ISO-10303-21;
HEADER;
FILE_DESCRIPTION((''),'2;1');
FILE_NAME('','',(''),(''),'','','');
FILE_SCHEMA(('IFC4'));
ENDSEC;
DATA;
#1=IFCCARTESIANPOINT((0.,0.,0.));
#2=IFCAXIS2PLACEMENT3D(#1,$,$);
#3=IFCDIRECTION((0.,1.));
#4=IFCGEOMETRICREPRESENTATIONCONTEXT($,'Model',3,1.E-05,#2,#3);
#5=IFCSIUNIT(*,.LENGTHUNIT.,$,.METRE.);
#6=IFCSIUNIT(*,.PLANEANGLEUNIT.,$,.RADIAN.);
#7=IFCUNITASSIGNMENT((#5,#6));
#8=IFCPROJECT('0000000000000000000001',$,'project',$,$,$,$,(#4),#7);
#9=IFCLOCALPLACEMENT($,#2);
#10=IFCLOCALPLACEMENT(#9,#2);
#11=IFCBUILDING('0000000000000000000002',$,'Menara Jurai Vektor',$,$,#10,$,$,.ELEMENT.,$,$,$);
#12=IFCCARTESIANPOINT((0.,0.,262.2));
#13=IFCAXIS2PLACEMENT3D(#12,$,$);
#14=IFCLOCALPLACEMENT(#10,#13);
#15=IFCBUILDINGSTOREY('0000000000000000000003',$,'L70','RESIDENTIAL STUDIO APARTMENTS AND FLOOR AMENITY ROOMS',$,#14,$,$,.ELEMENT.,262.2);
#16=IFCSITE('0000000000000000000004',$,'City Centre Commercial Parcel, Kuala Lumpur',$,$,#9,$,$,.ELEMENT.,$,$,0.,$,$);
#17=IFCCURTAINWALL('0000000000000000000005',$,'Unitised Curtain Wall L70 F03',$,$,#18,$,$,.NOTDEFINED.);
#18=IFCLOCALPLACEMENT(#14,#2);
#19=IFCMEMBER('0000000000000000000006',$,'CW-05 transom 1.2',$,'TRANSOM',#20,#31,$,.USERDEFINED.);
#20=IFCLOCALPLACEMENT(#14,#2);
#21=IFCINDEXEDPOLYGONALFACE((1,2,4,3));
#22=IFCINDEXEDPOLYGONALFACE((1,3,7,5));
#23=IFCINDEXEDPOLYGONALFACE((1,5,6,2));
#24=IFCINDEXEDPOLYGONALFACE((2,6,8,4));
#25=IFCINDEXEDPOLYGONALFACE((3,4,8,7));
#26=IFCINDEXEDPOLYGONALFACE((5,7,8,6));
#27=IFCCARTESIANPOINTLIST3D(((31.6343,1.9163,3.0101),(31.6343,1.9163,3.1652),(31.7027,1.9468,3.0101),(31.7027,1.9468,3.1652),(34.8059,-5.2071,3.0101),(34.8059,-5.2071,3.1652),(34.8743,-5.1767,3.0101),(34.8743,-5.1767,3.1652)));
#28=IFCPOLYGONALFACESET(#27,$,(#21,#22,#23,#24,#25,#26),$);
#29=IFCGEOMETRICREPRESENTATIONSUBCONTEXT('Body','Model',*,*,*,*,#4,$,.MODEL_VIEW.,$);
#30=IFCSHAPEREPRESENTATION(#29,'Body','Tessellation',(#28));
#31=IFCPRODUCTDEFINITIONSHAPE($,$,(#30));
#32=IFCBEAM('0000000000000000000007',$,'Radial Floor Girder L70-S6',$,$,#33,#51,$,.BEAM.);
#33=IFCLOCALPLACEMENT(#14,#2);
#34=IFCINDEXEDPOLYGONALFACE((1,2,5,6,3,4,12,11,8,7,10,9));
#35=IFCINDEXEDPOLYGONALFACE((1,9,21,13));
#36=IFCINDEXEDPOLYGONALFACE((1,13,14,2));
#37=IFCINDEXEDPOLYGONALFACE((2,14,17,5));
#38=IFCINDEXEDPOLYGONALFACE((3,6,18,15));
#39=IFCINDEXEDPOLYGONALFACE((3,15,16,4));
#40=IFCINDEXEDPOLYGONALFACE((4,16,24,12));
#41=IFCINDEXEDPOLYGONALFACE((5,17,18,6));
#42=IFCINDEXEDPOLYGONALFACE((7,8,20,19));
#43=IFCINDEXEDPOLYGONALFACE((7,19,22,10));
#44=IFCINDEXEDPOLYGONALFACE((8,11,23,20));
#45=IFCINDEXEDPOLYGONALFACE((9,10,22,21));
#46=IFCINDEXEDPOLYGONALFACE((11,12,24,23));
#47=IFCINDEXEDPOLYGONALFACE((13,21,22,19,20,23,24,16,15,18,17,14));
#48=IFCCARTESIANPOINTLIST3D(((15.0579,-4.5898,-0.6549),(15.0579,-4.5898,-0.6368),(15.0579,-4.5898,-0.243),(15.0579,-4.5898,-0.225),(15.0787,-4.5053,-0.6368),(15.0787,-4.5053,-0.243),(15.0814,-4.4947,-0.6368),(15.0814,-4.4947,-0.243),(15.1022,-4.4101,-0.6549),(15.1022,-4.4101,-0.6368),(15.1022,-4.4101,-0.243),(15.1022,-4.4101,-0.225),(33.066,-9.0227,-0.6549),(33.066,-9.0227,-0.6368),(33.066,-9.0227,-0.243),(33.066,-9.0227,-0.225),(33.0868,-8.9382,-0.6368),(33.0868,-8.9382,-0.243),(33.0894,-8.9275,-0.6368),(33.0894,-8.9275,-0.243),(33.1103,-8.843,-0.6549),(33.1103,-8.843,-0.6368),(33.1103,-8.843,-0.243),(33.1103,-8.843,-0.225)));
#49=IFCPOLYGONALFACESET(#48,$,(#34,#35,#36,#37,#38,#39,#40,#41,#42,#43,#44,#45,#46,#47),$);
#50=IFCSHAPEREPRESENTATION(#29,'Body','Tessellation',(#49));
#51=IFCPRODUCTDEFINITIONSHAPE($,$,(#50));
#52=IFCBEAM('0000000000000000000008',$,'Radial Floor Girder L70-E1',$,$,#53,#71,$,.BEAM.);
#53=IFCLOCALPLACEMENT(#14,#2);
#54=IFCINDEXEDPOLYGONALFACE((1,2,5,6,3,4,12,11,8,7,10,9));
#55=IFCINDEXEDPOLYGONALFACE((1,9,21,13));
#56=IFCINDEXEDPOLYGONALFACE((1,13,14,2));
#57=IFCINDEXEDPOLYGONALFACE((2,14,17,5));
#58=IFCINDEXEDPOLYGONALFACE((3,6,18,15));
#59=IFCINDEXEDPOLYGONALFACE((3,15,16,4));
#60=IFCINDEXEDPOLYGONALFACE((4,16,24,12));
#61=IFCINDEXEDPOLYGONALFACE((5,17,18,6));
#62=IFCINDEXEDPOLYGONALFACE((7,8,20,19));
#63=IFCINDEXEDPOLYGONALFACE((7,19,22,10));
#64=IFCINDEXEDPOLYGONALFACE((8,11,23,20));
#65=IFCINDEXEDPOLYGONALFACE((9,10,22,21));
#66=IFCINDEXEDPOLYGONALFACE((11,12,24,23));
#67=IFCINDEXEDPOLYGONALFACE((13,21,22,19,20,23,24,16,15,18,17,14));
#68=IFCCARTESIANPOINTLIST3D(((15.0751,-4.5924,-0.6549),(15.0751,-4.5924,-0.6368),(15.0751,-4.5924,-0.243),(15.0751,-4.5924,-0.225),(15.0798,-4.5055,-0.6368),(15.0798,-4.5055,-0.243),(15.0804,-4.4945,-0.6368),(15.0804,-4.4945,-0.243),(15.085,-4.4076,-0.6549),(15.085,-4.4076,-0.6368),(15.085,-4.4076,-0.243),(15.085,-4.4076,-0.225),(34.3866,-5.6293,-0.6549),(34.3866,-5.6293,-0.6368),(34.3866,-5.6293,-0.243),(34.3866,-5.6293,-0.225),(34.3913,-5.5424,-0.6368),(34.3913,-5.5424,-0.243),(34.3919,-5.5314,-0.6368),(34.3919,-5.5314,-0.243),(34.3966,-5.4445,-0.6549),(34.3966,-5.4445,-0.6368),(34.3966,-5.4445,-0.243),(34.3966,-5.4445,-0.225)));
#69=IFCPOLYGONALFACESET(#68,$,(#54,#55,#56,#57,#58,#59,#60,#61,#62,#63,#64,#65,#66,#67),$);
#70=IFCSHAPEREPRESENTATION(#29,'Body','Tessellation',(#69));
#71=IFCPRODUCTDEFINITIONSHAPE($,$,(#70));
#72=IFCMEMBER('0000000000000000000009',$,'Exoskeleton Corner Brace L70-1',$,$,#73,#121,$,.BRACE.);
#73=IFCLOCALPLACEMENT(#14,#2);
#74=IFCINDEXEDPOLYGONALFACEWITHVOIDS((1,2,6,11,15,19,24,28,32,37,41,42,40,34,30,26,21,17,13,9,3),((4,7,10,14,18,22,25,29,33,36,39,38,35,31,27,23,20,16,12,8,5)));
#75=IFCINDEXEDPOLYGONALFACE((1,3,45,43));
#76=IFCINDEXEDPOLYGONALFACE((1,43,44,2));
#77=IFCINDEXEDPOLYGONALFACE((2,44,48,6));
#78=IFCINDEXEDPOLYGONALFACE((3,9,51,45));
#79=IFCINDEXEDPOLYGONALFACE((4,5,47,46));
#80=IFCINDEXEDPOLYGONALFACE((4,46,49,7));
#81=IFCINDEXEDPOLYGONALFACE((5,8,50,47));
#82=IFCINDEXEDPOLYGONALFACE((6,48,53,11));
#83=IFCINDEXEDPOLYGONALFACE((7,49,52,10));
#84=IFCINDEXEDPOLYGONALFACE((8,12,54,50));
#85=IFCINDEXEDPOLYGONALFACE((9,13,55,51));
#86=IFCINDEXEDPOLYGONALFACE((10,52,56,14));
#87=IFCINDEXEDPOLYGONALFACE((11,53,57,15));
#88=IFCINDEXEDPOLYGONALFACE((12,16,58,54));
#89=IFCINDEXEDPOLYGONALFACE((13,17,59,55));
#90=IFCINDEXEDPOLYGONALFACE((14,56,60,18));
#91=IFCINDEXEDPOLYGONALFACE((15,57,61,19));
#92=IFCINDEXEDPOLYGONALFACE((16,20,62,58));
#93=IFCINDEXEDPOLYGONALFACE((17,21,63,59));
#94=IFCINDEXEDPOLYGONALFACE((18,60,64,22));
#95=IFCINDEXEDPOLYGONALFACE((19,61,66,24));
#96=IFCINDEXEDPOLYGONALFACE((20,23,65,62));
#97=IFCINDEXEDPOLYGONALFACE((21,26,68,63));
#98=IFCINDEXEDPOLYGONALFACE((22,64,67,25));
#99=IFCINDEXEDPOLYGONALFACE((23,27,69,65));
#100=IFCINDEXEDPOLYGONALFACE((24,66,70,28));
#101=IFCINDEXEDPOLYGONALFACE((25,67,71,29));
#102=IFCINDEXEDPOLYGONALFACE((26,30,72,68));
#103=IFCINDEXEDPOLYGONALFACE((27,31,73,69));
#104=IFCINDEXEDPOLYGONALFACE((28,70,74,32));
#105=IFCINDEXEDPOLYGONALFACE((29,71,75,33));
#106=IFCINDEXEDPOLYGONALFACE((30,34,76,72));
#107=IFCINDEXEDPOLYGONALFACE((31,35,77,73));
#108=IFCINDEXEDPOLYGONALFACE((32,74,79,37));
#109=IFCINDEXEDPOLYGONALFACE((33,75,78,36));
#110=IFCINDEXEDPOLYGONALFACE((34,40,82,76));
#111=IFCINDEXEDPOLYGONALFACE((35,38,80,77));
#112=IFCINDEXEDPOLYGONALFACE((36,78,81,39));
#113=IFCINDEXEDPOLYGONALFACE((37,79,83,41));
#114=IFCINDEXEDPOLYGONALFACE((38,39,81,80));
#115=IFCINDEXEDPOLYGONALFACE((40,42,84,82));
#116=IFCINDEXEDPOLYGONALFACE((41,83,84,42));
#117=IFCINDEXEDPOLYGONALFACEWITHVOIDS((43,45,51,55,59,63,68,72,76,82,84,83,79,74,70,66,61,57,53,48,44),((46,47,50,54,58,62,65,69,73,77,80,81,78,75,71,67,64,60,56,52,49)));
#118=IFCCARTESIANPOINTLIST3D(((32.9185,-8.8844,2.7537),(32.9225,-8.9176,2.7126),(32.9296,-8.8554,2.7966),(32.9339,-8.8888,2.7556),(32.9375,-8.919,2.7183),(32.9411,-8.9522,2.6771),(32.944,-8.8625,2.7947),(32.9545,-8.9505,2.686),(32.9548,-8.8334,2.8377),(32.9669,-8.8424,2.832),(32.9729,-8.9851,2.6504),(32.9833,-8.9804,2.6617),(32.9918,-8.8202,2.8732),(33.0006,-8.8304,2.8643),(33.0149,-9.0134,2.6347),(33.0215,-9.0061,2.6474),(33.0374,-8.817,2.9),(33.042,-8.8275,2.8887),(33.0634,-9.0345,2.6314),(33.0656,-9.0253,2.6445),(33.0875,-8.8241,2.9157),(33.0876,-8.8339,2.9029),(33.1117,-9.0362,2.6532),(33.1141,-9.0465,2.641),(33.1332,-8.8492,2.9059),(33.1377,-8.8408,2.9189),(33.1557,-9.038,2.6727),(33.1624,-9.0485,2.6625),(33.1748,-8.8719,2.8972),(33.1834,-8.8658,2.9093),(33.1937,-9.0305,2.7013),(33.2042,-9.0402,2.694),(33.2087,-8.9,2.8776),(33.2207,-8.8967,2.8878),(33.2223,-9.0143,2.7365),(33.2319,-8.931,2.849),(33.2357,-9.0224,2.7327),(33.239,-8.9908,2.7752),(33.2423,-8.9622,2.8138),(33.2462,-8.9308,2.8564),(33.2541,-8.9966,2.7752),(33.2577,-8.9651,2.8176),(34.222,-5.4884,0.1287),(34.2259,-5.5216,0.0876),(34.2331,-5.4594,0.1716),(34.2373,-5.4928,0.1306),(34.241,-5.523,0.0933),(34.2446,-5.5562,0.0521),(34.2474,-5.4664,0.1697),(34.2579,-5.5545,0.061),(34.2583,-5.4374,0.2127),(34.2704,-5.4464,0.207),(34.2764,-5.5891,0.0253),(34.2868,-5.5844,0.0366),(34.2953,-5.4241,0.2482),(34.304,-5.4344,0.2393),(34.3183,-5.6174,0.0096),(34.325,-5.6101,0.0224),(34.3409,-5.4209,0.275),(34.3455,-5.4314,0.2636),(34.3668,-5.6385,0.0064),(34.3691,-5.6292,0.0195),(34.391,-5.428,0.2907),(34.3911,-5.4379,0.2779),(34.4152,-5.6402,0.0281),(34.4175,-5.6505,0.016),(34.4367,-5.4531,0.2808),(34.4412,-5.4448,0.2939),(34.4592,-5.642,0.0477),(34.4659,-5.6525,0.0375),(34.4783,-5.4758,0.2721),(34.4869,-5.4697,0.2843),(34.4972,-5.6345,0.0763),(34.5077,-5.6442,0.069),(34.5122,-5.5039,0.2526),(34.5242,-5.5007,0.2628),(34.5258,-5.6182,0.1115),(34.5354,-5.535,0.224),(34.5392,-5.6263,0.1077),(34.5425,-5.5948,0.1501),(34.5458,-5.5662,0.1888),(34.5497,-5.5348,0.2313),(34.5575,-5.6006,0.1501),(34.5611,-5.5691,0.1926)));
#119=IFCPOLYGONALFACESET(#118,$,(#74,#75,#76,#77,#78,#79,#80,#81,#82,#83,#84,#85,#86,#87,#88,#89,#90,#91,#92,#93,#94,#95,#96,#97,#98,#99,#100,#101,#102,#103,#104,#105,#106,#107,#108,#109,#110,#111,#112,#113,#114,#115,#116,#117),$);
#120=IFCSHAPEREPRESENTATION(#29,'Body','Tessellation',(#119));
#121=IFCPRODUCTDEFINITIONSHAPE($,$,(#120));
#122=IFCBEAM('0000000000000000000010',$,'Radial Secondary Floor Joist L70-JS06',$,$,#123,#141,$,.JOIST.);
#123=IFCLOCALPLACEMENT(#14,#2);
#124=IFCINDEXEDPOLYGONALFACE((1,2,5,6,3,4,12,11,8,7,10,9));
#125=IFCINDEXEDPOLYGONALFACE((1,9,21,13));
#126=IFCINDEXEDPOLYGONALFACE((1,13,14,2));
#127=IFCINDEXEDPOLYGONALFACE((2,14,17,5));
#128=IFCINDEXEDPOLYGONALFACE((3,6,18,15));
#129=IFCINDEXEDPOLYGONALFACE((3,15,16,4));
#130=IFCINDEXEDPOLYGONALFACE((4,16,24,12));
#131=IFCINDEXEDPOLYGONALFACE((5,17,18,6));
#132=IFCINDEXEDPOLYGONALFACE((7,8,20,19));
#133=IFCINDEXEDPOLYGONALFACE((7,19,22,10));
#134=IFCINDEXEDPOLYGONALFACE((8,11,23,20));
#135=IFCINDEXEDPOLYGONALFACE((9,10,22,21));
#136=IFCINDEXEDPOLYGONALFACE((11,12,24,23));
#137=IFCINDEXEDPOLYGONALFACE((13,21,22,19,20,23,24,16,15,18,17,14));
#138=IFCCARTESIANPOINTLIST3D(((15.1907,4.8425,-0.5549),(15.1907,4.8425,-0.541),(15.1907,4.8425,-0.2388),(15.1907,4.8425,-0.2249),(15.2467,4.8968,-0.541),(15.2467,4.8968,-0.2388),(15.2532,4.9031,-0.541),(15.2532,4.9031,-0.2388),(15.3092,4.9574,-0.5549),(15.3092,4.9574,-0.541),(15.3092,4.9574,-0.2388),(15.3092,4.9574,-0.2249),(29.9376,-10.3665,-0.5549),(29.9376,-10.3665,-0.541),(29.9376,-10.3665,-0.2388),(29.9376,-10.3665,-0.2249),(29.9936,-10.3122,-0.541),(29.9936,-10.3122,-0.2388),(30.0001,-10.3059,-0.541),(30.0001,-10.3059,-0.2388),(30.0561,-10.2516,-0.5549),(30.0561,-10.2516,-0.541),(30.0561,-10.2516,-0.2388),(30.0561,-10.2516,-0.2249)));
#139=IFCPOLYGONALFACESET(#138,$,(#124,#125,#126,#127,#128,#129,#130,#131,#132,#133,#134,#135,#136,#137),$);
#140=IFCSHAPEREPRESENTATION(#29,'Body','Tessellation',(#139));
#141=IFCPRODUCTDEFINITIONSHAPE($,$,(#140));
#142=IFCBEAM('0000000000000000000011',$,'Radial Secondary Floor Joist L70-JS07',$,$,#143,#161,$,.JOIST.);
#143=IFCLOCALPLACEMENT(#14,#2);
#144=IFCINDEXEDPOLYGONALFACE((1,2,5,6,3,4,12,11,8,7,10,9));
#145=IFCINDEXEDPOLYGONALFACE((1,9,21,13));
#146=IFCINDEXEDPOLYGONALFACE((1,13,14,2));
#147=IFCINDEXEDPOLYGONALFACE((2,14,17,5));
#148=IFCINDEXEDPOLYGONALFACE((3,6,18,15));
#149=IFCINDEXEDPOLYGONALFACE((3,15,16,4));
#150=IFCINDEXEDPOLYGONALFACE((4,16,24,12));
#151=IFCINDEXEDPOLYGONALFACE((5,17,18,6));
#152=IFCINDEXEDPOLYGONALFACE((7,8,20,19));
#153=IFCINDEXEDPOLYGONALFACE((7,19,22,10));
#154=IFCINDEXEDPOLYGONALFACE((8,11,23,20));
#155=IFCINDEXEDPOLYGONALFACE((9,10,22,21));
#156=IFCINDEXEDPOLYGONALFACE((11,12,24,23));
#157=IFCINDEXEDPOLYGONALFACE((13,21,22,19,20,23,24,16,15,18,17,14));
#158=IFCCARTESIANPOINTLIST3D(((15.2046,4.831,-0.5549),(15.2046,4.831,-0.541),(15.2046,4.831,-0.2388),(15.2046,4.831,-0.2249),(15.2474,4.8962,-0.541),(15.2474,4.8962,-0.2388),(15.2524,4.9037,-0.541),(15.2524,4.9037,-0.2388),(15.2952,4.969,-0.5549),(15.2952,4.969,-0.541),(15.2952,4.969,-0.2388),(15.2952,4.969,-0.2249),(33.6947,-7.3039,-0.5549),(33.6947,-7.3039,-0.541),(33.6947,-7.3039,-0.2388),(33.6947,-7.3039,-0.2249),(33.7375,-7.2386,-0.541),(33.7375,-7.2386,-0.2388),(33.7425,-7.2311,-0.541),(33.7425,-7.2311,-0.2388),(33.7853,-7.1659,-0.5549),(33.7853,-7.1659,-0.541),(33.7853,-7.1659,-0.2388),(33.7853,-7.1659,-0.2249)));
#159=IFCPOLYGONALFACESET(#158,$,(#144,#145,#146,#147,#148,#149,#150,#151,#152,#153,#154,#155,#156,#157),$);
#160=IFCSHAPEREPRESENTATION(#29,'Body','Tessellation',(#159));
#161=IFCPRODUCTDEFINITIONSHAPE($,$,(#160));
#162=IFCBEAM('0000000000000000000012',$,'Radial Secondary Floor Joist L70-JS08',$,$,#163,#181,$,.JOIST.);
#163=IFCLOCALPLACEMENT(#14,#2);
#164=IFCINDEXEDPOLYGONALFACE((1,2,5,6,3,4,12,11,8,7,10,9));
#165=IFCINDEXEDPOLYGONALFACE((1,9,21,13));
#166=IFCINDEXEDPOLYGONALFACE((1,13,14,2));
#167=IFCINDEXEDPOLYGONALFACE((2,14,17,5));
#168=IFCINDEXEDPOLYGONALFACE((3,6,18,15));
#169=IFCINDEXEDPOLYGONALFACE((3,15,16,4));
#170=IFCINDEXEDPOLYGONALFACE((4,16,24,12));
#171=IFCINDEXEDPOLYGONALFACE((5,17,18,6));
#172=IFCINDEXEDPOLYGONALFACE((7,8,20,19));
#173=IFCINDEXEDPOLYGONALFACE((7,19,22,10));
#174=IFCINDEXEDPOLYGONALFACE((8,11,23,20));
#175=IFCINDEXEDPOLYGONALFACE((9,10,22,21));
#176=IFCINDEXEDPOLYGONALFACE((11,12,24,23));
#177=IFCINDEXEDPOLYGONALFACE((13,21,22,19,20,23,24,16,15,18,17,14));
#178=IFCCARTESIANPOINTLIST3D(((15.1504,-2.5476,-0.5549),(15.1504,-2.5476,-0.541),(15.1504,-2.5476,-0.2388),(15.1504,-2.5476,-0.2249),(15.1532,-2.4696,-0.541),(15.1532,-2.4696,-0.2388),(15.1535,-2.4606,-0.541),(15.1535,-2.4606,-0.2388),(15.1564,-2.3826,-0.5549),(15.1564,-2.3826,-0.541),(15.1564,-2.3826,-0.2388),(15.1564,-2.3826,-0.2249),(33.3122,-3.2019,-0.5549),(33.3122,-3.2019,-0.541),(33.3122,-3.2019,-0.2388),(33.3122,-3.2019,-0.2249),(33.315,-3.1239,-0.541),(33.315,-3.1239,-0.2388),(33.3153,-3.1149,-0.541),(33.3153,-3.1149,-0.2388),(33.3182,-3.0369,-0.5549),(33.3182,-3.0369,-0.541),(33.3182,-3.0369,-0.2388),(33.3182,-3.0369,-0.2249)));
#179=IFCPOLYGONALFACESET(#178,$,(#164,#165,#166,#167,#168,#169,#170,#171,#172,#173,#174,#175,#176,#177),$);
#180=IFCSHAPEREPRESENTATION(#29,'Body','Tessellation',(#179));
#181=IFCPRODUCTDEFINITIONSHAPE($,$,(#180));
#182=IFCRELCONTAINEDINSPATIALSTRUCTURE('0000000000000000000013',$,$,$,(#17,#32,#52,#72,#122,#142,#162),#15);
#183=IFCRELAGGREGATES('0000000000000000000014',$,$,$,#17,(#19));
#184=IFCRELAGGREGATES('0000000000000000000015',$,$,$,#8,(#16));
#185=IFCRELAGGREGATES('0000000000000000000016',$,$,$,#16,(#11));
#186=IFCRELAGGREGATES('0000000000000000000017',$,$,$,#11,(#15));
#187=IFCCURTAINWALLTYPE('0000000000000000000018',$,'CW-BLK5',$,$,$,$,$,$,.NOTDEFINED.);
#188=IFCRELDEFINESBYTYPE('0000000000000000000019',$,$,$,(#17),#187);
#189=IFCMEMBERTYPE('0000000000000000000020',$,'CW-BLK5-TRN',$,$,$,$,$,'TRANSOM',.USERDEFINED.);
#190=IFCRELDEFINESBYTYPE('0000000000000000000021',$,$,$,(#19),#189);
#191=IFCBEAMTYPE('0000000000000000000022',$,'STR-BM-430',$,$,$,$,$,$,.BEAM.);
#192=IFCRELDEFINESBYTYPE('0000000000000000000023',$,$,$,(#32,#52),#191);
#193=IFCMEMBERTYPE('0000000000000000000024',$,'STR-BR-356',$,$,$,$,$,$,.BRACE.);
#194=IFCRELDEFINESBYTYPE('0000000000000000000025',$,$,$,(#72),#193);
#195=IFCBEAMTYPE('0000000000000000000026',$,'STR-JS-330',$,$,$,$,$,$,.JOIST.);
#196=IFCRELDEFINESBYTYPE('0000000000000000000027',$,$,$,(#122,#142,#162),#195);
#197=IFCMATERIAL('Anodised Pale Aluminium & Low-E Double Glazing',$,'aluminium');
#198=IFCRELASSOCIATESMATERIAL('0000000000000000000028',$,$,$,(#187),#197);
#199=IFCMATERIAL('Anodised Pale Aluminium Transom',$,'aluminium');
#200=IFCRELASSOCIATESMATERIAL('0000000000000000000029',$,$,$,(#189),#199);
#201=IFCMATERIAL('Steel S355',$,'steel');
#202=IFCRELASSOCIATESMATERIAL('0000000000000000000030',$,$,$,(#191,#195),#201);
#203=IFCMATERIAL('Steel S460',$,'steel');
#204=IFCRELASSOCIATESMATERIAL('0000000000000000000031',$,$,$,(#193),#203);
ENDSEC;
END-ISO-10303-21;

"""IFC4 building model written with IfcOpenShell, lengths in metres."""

from ifc_helpers import new_model, si_unit, direction, frame, origin, origin_2d, place, context, subcontext, project, spatial, rectangle, hollow_circle, i_section, extrude, material, material_profile, profile_set, type_object, element, aggregate, save


model = new_model("IFC4")

# Units and contexts
model_context = context("Model", 3, precision=1e-05, world=origin(), true_north=direction((0.0, 1.0)))
body_context = subcontext(model_context, "Body", "Model", "MODEL_VIEW")
ifc_project = project(units=[si_unit("LENGTHUNIT", "METRE"), si_unit("PLANEANGLEUNIT", "RADIAN")], contexts=[model_context])

# Site, building, storey
site_placement = place(None, origin())
site = spatial("IfcSite", under=ifc_project, at=site_placement, Name="City Centre Commercial Parcel, Kuala Lumpur", CompositionType="ELEMENT", RefElevation=0.0)
building_placement = place(site_placement, origin())
building = spatial("IfcBuilding", under=site, at=building_placement, Name="Menara Jurai Vektor", CompositionType="ELEMENT")
storey_placement = place(building_placement, frame((0.0, 0.0, 262.2)))
storey = spatial("IfcBuildingStorey", under=building, at=storey_placement, Name="L70", Description="RESIDENTIAL STUDIO APARTMENTS AND FLOOR AMENITY ROOMS", CompositionType="ELEMENT", Elevation=262.2)

# Shared definitions
ifc_material_1 = material(Name="Steel S460", Category="steel")

# Shared definitions
ifc_material_2 = material(Name="Anodised Pale Aluminium & Low-E Double Glazing", Category="aluminium")
curtain_wall_type = type_object("IfcCurtainWallType", Name="CW-BLK5", PredefinedType="NOTDEFINED", material=ifc_material_2)

# Curtain wall
curtain_wall_1_placement = place(storey_placement, origin())
curtain_wall_1 = element("IfcCurtainWall", 1, at=curtain_wall_1_placement, inside=storey, type_object=curtain_wall_type, Name="Unitised Curtain Wall L70 F03", PredefinedType="NOTDEFINED")

# Member
ifc_material_3 = material(Name="Anodised Pale Aluminium Transom", Category="aluminium")
ifc_material_profile_1 = material_profile(ifc_material_3, rectangle(XDim=0.075, YDim=0.155, at=origin_2d()), Name="ALU TRN 75x155")
ifc_profile_set_1 = profile_set([ifc_material_profile_1], Name="Anodised Pale Aluminium Transom")
member_type_1 = type_object("IfcMemberType", Name="CW-BLK5-TRN", ElementType="TRANSOM", PredefinedType="USERDEFINED", material=ifc_profile_set_1)
member_1_placement = place(storey_placement, frame((34.8401, -5.1919, 3.0876), z_axis=(-0.40674, 0.913544, 0.0), x_axis=(-0.913544, -0.40674, 0.0)))
member_1 = element("IfcMember", 2, at=member_1_placement, type_object=member_type_1, Name="CW-05 transom 1.2", ObjectType="TRANSOM", PredefinedType="USERDEFINED", context=body_context, shape_type="SweptSolid", body=[
    extrude(rectangle(XDim=0.075, YDim=0.155, at=origin_2d()), origin(), (0.0, 0.0, 1.0), 7.7976),
])

# Beams
ifc_material_4 = material(Name="Steel S355", Category="steel")
ifc_material_profile_2 = material_profile(ifc_material_4, i_section(OverallWidth=0.1851, OverallDepth=0.4299, WebThickness=0.011, FlangeThickness=0.0181, at=origin_2d()), Name="PG 430x185x76")
ifc_profile_set_2 = profile_set([ifc_material_profile_2], Name="Steel S355")
beam_type_1 = type_object("IfcBeamType", Name="STR-BM-430", PredefinedType="BEAM", material=ifc_profile_set_2)
beam_1_placement = place(storey_placement, frame((33.0881, -8.9329, -0.4399), z_axis=(-0.971014, 0.239025, 0.0), x_axis=(-0.239025, -0.971014, 0.0)))
element("IfcBeam", 3, at=beam_1_placement, inside=storey, type_object=beam_type_1, Name="Radial Floor Girder L70-S6", PredefinedType="BEAM", context=body_context, shape_type="SweptSolid", body=[
    extrude(i_section(OverallWidth=0.1851, OverallDepth=0.4299, WebThickness=0.011, FlangeThickness=0.0181, at=origin_2d()), origin(), (0.0, 0.0, 1.0), 18.5457),
])
beam_2_placement = place(storey_placement, frame((34.3916, -5.5369, -0.4399), z_axis=(-0.998562, 0.053614, 0.0), x_axis=(-0.053614, -0.998562, 0.0)))
element("IfcBeam", 4, at=beam_2_placement, inside=storey, type_object=beam_type_1, Name="Radial Floor Girder L70-E1", PredefinedType="BEAM", context=body_context, shape_type="SweptSolid", body=[
    extrude(i_section(OverallWidth=0.1851, OverallDepth=0.4299, WebThickness=0.011, FlangeThickness=0.0181, at=origin_2d()), origin(), (0.0, 0.0, 1.0), 19.3394),
])

# Member
ifc_material_profile_3 = material_profile(ifc_material_1, hollow_circle(Radius=0.1777, WallThickness=0.0161, at=origin_2d()), Name="CHS 355.6x16")
ifc_profile_set_3 = profile_set([ifc_material_profile_3], Name="Steel S460")
member_type_2 = type_object("IfcMemberType", Name="STR-BR-356", PredefinedType="BRACE", material=ifc_profile_set_3)
member_2_placement = place(storey_placement, frame((34.3916, -5.5369, 0.1501), z_axis=(-0.290576, -0.757054, 0.585179), x_axis=(0.933593, -0.358336, 0.0)))
element("IfcMember", 5, at=member_2_placement, inside=storey, type_object=member_type_2, Name="Exoskeleton Corner Brace L70-1", PredefinedType="BRACE", context=body_context, shape_type="SweptSolid", body=[
    extrude(hollow_circle(Radius=0.1777, WallThickness=0.0161, at=origin_2d()), origin(), (0.0, 0.0, 1.0), 4.4858),
])

# Beams
ifc_material_profile_4 = material_profile(ifc_material_4, i_section(OverallWidth=0.165, OverallDepth=0.3301, WebThickness=0.009, FlangeThickness=0.0139, at=origin_2d()), Name="PG 330x165x46")
ifc_profile_set_4 = profile_set([ifc_material_profile_4], Name="Steel S355")
beam_type_2 = type_object("IfcBeamType", Name="STR-JS-330", PredefinedType="JOIST", material=ifc_profile_set_4)
beam_3_placement = place(storey_placement, frame((29.9968, -10.3091, -0.3899), z_axis=(-0.696115, 0.717931, 0.0), x_axis=(-0.717931, -0.696115, 0.0)))
element("IfcBeam", 6, at=beam_3_placement, inside=storey, type_object=beam_type_2, Name="Radial Secondary Floor Joist L70-JS06", PredefinedType="JOIST", context=body_context, shape_type="SweptSolid", body=[
    extrude(i_section(OverallWidth=0.165, OverallDepth=0.3301, WebThickness=0.009, FlangeThickness=0.0139, at=origin_2d()), origin(), (0.0, 0.0, 1.0), 21.1846),
])
beam_4_placement = place(storey_placement, frame((33.74, -7.2349, -0.3899), z_axis=(-0.836033, 0.548679, 0.0), x_axis=(-0.548679, -0.836033, 0.0)))
element("IfcBeam", 7, at=beam_4_placement, inside=storey, type_object=beam_type_2, Name="Radial Secondary Floor Joist L70-JS07", PredefinedType="JOIST", context=body_context, shape_type="SweptSolid", body=[
    extrude(i_section(OverallWidth=0.165, OverallDepth=0.3301, WebThickness=0.009, FlangeThickness=0.0139, at=origin_2d()), origin(), (0.0, 0.0, 1.0), 22.1165),
])
beam_5_placement = place(storey_placement, frame((33.3152, -3.1194, -0.3899), z_axis=(-0.999352, 0.036003, 0.0), x_axis=(-0.036003, -0.999352, 0.0)))
element("IfcBeam", 8, at=beam_5_placement, inside=storey, type_object=beam_type_2, Name="Radial Secondary Floor Joist L70-JS08", PredefinedType="JOIST", context=body_context, shape_type="SweptSolid", body=[
    extrude(i_section(OverallWidth=0.165, OverallDepth=0.3301, WebThickness=0.009, FlangeThickness=0.0139, at=origin_2d()), origin(), (0.0, 0.0, 1.0), 18.1736),
])

aggregate(curtain_wall_1, [member_1])

save(model, "model.ifc")
